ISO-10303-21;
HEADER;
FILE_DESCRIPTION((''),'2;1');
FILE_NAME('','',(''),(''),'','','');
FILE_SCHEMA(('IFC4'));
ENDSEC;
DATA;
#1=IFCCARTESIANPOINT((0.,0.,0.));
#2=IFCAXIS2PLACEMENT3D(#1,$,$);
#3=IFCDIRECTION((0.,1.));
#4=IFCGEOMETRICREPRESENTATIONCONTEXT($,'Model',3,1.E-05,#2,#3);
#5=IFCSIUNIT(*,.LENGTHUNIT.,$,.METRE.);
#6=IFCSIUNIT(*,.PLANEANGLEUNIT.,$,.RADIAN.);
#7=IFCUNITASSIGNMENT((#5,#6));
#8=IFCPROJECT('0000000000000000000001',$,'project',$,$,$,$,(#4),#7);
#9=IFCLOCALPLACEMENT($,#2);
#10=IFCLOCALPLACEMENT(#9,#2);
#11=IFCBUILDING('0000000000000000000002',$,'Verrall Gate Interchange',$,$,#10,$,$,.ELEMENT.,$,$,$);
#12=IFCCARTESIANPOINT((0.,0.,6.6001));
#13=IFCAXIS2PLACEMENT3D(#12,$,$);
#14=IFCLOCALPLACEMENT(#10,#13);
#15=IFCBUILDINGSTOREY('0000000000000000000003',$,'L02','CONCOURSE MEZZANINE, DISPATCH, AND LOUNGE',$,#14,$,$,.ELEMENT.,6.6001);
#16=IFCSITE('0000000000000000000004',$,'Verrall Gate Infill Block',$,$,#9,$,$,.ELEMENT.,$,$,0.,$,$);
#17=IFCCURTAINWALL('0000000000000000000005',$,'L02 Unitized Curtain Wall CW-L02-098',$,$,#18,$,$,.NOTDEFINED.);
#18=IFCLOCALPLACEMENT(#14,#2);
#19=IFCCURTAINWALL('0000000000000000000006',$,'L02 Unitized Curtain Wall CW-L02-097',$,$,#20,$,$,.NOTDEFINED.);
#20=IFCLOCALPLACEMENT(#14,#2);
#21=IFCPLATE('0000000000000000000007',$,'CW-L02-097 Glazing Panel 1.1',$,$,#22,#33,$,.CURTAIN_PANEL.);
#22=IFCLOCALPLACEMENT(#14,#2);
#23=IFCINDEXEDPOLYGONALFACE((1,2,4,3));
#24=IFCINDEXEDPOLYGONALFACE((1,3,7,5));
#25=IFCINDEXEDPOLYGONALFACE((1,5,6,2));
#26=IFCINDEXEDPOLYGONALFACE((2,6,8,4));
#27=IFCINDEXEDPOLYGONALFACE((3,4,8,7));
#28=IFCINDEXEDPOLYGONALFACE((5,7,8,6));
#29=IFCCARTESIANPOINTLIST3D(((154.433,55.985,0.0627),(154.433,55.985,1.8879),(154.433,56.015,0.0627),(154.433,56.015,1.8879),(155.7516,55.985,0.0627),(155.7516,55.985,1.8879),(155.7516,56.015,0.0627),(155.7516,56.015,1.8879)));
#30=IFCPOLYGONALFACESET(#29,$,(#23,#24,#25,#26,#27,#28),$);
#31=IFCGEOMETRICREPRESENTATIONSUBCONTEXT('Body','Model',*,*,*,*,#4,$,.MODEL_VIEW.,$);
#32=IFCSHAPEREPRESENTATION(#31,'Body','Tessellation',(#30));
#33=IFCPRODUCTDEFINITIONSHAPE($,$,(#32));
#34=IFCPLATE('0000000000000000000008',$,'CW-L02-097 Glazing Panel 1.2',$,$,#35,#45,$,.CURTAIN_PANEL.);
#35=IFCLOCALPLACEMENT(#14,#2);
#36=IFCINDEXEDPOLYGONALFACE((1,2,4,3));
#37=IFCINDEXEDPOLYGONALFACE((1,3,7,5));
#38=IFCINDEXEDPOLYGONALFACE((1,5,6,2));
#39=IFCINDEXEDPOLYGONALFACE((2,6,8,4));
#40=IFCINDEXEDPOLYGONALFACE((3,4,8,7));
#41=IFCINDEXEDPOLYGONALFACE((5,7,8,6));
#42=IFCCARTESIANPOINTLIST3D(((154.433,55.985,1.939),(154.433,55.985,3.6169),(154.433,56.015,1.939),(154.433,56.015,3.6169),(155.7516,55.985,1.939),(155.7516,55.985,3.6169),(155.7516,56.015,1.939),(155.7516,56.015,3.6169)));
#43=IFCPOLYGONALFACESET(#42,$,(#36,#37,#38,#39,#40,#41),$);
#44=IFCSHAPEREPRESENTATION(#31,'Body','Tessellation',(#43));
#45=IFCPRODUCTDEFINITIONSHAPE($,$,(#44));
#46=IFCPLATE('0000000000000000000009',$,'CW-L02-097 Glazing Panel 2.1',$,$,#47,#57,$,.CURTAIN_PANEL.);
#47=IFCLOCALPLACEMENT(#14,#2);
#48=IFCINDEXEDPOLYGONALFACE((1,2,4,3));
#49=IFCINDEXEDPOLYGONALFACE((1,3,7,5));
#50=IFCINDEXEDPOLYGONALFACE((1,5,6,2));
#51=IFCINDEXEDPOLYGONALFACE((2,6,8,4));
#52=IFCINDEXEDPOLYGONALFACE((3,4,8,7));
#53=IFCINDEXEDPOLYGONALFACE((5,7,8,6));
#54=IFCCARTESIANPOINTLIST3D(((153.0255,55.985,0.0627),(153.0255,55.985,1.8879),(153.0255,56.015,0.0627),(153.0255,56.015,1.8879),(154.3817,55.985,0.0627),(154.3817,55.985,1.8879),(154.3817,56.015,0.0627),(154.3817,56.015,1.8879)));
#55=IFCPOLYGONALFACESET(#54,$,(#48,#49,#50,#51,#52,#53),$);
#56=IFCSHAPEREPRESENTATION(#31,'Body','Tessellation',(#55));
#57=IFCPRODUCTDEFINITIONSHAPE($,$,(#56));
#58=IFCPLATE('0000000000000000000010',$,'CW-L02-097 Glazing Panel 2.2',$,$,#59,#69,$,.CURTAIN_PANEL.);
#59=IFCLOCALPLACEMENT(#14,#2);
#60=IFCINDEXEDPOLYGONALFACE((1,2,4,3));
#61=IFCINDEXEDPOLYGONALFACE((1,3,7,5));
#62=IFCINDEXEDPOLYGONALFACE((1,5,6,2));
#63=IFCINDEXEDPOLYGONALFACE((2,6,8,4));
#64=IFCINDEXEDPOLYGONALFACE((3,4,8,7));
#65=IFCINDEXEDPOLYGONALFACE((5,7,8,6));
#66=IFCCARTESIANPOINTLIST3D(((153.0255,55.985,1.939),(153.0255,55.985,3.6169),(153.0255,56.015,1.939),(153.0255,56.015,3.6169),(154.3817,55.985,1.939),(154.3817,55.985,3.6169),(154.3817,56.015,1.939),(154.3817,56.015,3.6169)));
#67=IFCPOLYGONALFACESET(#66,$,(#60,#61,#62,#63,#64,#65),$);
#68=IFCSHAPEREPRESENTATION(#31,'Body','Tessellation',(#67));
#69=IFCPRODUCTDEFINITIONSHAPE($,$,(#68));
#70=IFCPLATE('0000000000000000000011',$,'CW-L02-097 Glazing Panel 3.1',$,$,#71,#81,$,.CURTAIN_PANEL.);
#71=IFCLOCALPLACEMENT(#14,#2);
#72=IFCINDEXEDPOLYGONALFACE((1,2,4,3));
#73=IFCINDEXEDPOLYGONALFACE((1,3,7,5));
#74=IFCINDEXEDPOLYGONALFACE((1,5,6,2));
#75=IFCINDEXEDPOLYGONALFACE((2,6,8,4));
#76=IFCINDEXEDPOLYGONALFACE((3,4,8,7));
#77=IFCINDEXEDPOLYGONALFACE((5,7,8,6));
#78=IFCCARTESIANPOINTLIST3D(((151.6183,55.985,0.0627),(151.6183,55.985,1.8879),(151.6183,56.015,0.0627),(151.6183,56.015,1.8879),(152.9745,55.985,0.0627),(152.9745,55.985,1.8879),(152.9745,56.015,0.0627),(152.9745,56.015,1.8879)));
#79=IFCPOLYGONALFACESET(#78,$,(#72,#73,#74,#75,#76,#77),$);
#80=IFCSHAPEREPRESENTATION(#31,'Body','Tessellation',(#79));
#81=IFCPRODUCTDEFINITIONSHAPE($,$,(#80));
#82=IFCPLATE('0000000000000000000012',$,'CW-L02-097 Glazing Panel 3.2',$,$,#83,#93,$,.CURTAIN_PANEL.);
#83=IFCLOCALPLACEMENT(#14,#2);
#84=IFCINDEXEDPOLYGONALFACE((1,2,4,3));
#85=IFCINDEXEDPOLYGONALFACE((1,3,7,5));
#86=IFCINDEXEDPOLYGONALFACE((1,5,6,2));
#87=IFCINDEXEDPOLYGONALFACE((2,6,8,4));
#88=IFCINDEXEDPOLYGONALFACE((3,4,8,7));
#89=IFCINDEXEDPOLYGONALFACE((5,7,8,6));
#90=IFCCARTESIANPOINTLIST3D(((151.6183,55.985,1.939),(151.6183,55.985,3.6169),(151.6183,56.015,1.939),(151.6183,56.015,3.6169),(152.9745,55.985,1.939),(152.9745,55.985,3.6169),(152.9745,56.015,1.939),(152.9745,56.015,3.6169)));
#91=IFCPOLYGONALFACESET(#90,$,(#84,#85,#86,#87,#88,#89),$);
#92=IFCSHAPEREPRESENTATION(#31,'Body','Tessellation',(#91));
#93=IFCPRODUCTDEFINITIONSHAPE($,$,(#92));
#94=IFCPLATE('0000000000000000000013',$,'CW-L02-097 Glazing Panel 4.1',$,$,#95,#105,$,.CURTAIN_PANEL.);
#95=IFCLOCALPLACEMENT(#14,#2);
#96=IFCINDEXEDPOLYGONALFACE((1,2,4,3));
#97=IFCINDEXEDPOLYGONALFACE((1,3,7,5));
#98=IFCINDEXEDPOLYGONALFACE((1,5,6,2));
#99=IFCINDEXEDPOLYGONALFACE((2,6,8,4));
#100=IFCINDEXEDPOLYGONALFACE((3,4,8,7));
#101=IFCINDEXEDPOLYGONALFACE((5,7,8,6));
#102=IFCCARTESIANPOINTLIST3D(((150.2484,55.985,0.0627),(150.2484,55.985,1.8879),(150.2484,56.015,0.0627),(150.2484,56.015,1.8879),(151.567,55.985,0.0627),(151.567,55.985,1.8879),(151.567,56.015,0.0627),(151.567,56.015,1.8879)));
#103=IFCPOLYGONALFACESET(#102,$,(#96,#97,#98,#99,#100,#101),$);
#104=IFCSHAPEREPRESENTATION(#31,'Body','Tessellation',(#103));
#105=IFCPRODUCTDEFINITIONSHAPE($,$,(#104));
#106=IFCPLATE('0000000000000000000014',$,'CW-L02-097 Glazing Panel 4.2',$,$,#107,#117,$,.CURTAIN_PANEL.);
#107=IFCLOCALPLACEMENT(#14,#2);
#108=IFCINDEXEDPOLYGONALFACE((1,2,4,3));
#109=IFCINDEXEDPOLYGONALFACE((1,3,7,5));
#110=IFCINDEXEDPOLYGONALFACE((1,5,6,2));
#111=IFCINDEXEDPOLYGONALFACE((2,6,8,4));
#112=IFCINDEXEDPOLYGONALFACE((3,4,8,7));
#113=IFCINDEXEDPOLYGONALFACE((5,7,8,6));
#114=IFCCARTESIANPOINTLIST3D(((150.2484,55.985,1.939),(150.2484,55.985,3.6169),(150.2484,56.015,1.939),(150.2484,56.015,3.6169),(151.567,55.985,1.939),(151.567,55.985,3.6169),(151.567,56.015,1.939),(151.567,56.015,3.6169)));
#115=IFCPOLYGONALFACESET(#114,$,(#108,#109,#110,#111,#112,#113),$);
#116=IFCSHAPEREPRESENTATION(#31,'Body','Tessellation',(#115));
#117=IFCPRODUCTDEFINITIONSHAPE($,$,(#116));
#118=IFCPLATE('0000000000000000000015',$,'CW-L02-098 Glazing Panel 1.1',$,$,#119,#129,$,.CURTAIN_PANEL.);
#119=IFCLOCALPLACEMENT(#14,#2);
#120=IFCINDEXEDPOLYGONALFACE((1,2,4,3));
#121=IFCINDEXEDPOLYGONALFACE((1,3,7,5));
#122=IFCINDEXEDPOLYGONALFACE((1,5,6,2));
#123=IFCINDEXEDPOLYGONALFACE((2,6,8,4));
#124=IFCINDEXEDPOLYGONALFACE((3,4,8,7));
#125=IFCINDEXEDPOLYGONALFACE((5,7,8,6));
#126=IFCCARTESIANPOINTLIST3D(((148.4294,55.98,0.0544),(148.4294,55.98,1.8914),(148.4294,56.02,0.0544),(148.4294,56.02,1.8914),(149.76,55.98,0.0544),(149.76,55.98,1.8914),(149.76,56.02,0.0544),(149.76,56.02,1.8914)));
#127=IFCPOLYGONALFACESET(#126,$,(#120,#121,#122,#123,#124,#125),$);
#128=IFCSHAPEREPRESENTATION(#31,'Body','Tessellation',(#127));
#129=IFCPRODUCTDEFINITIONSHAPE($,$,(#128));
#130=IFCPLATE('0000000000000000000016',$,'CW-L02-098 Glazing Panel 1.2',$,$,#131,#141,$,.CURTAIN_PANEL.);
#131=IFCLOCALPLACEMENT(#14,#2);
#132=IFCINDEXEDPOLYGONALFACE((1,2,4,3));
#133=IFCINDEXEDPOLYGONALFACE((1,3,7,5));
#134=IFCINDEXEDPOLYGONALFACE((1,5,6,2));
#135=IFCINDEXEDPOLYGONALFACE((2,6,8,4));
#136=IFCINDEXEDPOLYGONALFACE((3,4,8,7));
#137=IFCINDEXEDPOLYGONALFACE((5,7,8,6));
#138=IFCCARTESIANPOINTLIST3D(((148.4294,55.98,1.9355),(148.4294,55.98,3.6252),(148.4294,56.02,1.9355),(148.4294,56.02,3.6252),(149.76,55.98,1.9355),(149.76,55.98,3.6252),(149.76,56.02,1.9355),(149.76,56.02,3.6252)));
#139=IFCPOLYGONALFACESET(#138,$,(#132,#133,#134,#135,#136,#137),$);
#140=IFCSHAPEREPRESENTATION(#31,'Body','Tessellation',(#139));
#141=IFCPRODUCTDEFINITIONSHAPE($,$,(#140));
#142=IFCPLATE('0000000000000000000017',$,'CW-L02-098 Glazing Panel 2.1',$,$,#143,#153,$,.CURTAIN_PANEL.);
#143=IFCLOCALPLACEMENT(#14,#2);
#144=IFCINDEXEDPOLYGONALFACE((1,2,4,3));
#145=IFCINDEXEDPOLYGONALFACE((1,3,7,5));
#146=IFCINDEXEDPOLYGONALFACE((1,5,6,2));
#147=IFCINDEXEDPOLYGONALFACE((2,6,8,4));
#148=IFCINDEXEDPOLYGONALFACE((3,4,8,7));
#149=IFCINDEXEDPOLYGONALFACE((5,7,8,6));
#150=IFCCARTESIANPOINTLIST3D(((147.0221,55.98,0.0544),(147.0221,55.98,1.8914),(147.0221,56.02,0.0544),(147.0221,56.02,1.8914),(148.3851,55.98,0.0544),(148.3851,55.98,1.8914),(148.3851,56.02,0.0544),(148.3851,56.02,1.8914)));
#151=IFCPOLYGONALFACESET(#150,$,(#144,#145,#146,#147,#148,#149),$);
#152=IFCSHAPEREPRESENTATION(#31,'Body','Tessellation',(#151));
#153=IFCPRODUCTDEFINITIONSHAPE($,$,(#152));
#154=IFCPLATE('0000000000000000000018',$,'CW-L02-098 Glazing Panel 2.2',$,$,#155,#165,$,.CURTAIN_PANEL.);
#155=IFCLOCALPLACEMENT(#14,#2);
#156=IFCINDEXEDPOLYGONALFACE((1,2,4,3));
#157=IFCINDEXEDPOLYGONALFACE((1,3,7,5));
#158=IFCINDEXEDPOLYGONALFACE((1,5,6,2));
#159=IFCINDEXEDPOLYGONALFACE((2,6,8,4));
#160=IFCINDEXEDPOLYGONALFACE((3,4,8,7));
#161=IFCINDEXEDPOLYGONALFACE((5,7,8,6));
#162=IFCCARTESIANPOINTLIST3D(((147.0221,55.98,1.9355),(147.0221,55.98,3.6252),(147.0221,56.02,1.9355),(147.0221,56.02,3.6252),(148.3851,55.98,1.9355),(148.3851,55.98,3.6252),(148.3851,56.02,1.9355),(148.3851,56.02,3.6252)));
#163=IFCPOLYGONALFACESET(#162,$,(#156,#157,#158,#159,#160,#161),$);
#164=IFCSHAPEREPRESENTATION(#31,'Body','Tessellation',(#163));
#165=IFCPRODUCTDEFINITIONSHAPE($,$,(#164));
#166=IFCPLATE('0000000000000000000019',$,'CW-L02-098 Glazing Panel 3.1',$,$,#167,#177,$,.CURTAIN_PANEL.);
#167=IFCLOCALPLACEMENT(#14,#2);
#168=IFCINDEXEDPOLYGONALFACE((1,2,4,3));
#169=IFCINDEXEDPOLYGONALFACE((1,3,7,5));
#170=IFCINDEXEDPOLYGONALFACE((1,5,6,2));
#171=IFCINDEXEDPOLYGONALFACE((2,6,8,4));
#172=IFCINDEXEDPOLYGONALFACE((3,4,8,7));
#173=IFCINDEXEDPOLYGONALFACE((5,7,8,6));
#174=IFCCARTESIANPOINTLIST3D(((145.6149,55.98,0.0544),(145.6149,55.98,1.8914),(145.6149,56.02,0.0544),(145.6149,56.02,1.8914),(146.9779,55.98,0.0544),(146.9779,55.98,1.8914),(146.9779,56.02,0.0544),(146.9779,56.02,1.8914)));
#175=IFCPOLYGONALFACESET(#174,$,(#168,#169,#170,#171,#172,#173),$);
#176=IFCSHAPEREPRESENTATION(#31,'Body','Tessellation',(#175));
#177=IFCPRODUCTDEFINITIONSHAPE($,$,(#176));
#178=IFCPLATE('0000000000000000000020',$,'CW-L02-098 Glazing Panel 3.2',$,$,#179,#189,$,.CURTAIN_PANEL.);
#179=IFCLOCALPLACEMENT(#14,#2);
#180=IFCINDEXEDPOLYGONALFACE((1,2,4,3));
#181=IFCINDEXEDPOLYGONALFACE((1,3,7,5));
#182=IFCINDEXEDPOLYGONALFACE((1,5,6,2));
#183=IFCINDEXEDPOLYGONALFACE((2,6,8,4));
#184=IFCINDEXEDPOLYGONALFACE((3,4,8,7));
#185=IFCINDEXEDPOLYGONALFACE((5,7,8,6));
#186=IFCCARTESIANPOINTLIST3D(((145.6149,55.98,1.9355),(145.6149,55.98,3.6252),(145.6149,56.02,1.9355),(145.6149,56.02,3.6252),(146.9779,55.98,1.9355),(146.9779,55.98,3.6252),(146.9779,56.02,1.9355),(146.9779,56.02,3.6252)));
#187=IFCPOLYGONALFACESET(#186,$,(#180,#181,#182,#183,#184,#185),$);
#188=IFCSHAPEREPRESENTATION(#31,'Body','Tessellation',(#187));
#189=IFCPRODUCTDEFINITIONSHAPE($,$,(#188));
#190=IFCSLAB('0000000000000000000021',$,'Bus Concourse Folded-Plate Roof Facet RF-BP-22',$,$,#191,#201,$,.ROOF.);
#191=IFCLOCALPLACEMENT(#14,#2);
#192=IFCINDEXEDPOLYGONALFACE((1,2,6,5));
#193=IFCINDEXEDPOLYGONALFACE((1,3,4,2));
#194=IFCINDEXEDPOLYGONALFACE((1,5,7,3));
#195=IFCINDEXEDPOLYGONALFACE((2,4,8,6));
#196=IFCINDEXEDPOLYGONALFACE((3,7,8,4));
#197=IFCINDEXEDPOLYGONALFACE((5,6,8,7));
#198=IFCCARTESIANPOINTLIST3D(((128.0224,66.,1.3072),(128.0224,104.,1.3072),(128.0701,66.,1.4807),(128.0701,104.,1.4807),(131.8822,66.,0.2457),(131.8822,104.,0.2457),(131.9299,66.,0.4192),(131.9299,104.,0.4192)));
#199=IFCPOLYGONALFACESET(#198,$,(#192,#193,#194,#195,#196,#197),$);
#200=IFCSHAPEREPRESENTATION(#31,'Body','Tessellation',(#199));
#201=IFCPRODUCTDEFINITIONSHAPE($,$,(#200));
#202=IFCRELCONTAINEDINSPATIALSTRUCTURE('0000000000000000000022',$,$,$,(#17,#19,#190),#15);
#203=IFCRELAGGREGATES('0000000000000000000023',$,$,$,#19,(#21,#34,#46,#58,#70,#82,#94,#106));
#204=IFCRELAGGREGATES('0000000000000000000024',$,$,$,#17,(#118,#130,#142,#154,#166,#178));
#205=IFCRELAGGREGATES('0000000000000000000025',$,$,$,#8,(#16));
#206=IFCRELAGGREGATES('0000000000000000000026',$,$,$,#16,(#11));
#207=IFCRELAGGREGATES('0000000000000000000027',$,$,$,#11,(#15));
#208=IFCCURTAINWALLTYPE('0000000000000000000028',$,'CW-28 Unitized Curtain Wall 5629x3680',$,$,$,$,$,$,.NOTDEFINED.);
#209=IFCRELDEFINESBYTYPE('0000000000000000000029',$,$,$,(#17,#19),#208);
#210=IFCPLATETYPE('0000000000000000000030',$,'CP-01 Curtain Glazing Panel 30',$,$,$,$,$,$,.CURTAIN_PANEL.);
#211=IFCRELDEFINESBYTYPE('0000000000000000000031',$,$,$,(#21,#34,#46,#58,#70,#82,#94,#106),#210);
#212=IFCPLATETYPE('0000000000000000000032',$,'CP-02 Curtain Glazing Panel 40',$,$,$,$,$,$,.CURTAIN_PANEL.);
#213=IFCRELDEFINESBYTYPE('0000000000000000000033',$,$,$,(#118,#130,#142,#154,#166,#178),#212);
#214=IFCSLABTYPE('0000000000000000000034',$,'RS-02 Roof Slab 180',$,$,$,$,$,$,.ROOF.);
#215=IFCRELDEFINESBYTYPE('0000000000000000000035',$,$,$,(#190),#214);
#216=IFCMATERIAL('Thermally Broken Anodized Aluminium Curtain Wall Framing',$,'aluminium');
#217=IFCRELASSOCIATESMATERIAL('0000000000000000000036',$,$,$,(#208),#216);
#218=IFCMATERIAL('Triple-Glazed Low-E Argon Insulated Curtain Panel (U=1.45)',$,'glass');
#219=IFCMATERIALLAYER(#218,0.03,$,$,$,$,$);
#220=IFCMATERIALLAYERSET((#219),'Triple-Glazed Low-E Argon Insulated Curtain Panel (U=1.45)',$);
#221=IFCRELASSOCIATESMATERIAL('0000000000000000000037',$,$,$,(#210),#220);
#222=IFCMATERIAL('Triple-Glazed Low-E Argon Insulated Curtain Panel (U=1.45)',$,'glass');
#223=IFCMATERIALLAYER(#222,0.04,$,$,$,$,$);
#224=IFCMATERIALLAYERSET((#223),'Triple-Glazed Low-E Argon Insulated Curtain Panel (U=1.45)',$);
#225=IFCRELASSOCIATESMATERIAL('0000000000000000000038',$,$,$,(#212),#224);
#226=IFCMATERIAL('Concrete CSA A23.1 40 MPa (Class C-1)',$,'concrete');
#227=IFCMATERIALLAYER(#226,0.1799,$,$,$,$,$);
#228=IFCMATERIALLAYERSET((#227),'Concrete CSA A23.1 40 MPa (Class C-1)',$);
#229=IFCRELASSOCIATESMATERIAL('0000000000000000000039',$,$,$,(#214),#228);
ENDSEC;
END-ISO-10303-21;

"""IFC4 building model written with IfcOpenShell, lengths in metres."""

from ifc_helpers import new_model, si_unit, direction, frame, origin, origin_2d, place, context, subcontext, project, spatial, polyline, rectangle, outline, extrude, material, layer, layer_set, type_object, element, aggregate, save


model = new_model("IFC4")

# Units and contexts
model_context = context("Model", 3, precision=1e-05, world=origin(), true_north=direction((0.0, 1.0)))
body_context = subcontext(model_context, "Body", "Model", "MODEL_VIEW")
ifc_project = project(units=[si_unit("LENGTHUNIT", "METRE"), si_unit("PLANEANGLEUNIT", "RADIAN")], contexts=[model_context])

# Site, building, storey
site_placement = place(None, origin())
site = spatial("IfcSite", under=ifc_project, at=site_placement, Name="Verrall Gate Infill Block", CompositionType="ELEMENT", RefElevation=0.0)
building_placement = place(site_placement, origin())
building = spatial("IfcBuilding", under=site, at=building_placement, Name="Verrall Gate Interchange", CompositionType="ELEMENT")
storey_placement = place(building_placement, frame((0.0, 0.0, 6.6001)))
storey = spatial("IfcBuildingStorey", under=building, at=storey_placement, Name="L02", Description="CONCOURSE MEZZANINE, DISPATCH, AND LOUNGE", CompositionType="ELEMENT", Elevation=6.6001)

# Curtain walls
ifc_material_1 = material(Name="Thermally Broken Anodized Aluminium Curtain Wall Framing", Category="aluminium")
curtain_wall_type = type_object("IfcCurtainWallType", Name="CW-28 Unitized Curtain Wall 5629x3680", PredefinedType="NOTDEFINED", material=ifc_material_1)
curtain_wall_1_placement = place(storey_placement, origin())
curtain_wall_1 = element("IfcCurtainWall", 1, at=curtain_wall_1_placement, inside=storey, type_object=curtain_wall_type, Name="L02 Unitized Curtain Wall CW-L02-098", PredefinedType="NOTDEFINED")
curtain_wall_2_placement = place(storey_placement, origin())
curtain_wall_2 = element("IfcCurtainWall", 2, at=curtain_wall_2_placement, inside=storey, type_object=curtain_wall_type, Name="L02 Unitized Curtain Wall CW-L02-097", PredefinedType="NOTDEFINED")

# Plates
ifc_material_2 = material(Name="Triple-Glazed Low-E Argon Insulated Curtain Panel (U=1.45)", Category="glass")
ifc_layer_1 = layer(ifc_material_2, 0.03)
ifc_layer_set_1 = layer_set([ifc_layer_1], Name="Triple-Glazed Low-E Argon Insulated Curtain Panel (U=1.45)")
plate_type_1 = type_object("IfcPlateType", Name="CP-01 Curtain Glazing Panel 30", PredefinedType="CURTAIN_PANEL", material=ifc_layer_set_1)
plate_1_placement = place(storey_placement, frame((155.0923, 56.0, 0.0627), z_axis=(0.0, 0.0, 1.0), x_axis=(-1.0, 0.0, 0.0)))
plate_1 = element("IfcPlate", 3, at=plate_1_placement, type_object=plate_type_1, Name="CW-L02-097 Glazing Panel 1.1", PredefinedType="CURTAIN_PANEL", context=body_context, shape_type="SweptSolid", body=[
    extrude(rectangle(XDim=1.3186, YDim=0.03, at=origin_2d()), origin(), (0.0, 0.0, 1.0), 1.8252),
])
plate_2_placement = place(storey_placement, frame((155.0923, 56.0, 1.939), z_axis=(0.0, 0.0, 1.0), x_axis=(-1.0, 0.0, 0.0)))
plate_2 = element("IfcPlate", 4, at=plate_2_placement, type_object=plate_type_1, Name="CW-L02-097 Glazing Panel 1.2", PredefinedType="CURTAIN_PANEL", context=body_context, shape_type="SweptSolid", body=[
    extrude(rectangle(XDim=1.3186, YDim=0.03, at=origin_2d()), origin(), (0.0, 0.0, 1.0), 1.678),
])
plate_3_placement = place(storey_placement, frame((153.7036, 56.0, 0.0627), z_axis=(0.0, 0.0, 1.0), x_axis=(-1.0, 0.0, 0.0)))
plate_3 = element("IfcPlate", 5, at=plate_3_placement, type_object=plate_type_1, Name="CW-L02-097 Glazing Panel 2.1", PredefinedType="CURTAIN_PANEL", context=body_context, shape_type="SweptSolid", body=[
    extrude(rectangle(XDim=1.3562, YDim=0.03, at=origin_2d()), origin(), (0.0, 0.0, 1.0), 1.8252),
])
plate_4_placement = place(storey_placement, frame((153.7036, 56.0, 1.939), z_axis=(0.0, 0.0, 1.0), x_axis=(-1.0, 0.0, 0.0)))
plate_4 = element("IfcPlate", 6, at=plate_4_placement, type_object=plate_type_1, Name="CW-L02-097 Glazing Panel 2.2", PredefinedType="CURTAIN_PANEL", context=body_context, shape_type="SweptSolid", body=[
    extrude(rectangle(XDim=1.3562, YDim=0.03, at=origin_2d()), origin(), (0.0, 0.0, 1.0), 1.678),
])
plate_5_placement = place(storey_placement, frame((152.2964, 56.0, 0.0627), z_axis=(0.0, 0.0, 1.0), x_axis=(-1.0, 0.0, 0.0)))
plate_5 = element("IfcPlate", 7, at=plate_5_placement, type_object=plate_type_1, Name="CW-L02-097 Glazing Panel 3.1", PredefinedType="CURTAIN_PANEL", context=body_context, shape_type="SweptSolid", body=[
    extrude(rectangle(XDim=1.3562, YDim=0.03, at=origin_2d()), origin(), (0.0, 0.0, 1.0), 1.8252),
])
plate_6_placement = place(storey_placement, frame((152.2964, 56.0, 1.939), z_axis=(0.0, 0.0, 1.0), x_axis=(-1.0, 0.0, 0.0)))
plate_6 = element("IfcPlate", 8, at=plate_6_placement, type_object=plate_type_1, Name="CW-L02-097 Glazing Panel 3.2", PredefinedType="CURTAIN_PANEL", context=body_context, shape_type="SweptSolid", body=[
    extrude(rectangle(XDim=1.3562, YDim=0.03, at=origin_2d()), origin(), (0.0, 0.0, 1.0), 1.678),
])
plate_7_placement = place(storey_placement, frame((150.9077, 56.0, 0.0627), z_axis=(0.0, 0.0, 1.0), x_axis=(-1.0, 0.0, 0.0)))
plate_7 = element("IfcPlate", 9, at=plate_7_placement, type_object=plate_type_1, Name="CW-L02-097 Glazing Panel 4.1", PredefinedType="CURTAIN_PANEL", context=body_context, shape_type="SweptSolid", body=[
    extrude(rectangle(XDim=1.3186, YDim=0.03, at=origin_2d()), origin(), (0.0, 0.0, 1.0), 1.8252),
])
plate_8_placement = place(storey_placement, frame((150.9077, 56.0, 1.939), z_axis=(0.0, 0.0, 1.0), x_axis=(-1.0, 0.0, 0.0)))
plate_8 = element("IfcPlate", 10, at=plate_8_placement, type_object=plate_type_1, Name="CW-L02-097 Glazing Panel 4.2", PredefinedType="CURTAIN_PANEL", context=body_context, shape_type="SweptSolid", body=[
    extrude(rectangle(XDim=1.3186, YDim=0.03, at=origin_2d()), origin(), (0.0, 0.0, 1.0), 1.678),
])
aggregate(curtain_wall_2, [plate_1, plate_2, plate_3, plate_4, plate_5, plate_6, plate_7, plate_8])
ifc_material_3 = material(Name="Triple-Glazed Low-E Argon Insulated Curtain Panel (U=1.45)", Category="glass")
ifc_layer_2 = layer(ifc_material_3, 0.04)
ifc_layer_set_2 = layer_set([ifc_layer_2], Name="Triple-Glazed Low-E Argon Insulated Curtain Panel (U=1.45)")
plate_type_2 = type_object("IfcPlateType", Name="CP-02 Curtain Glazing Panel 40", PredefinedType="CURTAIN_PANEL", material=ifc_layer_set_2)
plate_9_placement = place(storey_placement, frame((149.0947, 56.0, 0.0544), z_axis=(0.0, 0.0, 1.0), x_axis=(-1.0, 0.0, 0.0)))
plate_9 = element("IfcPlate", 11, at=plate_9_placement, type_object=plate_type_2, Name="CW-L02-098 Glazing Panel 1.1", PredefinedType="CURTAIN_PANEL", context=body_context, shape_type="SweptSolid", body=[
    extrude(rectangle(XDim=1.3306, YDim=0.04, at=origin_2d()), origin(), (0.0, 0.0, 1.0), 1.8369),
])
plate_10_placement = place(storey_placement, frame((149.0947, 56.0, 1.9355), z_axis=(0.0, 0.0, 1.0), x_axis=(-1.0, 0.0, 0.0)))
plate_10 = element("IfcPlate", 12, at=plate_10_placement, type_object=plate_type_2, Name="CW-L02-098 Glazing Panel 1.2", PredefinedType="CURTAIN_PANEL", context=body_context, shape_type="SweptSolid", body=[
    extrude(rectangle(XDim=1.3306, YDim=0.04, at=origin_2d()), origin(), (0.0, 0.0, 1.0), 1.6897),
])
plate_11_placement = place(storey_placement, frame((147.7036, 56.0, 0.0544), z_axis=(0.0, 0.0, 1.0), x_axis=(-1.0, 0.0, 0.0)))
plate_11 = element("IfcPlate", 13, at=plate_11_placement, type_object=plate_type_2, Name="CW-L02-098 Glazing Panel 2.1", PredefinedType="CURTAIN_PANEL", context=body_context, shape_type="SweptSolid", body=[
    extrude(rectangle(XDim=1.363, YDim=0.04, at=origin_2d()), origin(), (0.0, 0.0, 1.0), 1.8369),
])
plate_12_placement = place(storey_placement, frame((147.7036, 56.0, 1.9355), z_axis=(0.0, 0.0, 1.0), x_axis=(-1.0, 0.0, 0.0)))
plate_12 = element("IfcPlate", 14, at=plate_12_placement, type_object=plate_type_2, Name="CW-L02-098 Glazing Panel 2.2", PredefinedType="CURTAIN_PANEL", context=body_context, shape_type="SweptSolid", body=[
    extrude(rectangle(XDim=1.363, YDim=0.04, at=origin_2d()), origin(), (0.0, 0.0, 1.0), 1.6897),
])
plate_13_placement = place(storey_placement, frame((146.2964, 56.0, 0.0544), z_axis=(0.0, 0.0, 1.0), x_axis=(-1.0, 0.0, 0.0)))
plate_13 = element("IfcPlate", 15, at=plate_13_placement, type_object=plate_type_2, Name="CW-L02-098 Glazing Panel 3.1", PredefinedType="CURTAIN_PANEL", context=body_context, shape_type="SweptSolid", body=[
    extrude(rectangle(XDim=1.363, YDim=0.04, at=origin_2d()), origin(), (0.0, 0.0, 1.0), 1.8369),
])
plate_14_placement = place(storey_placement, frame((146.2964, 56.0, 1.9355), z_axis=(0.0, 0.0, 1.0), x_axis=(-1.0, 0.0, 0.0)))
plate_14 = element("IfcPlate", 16, at=plate_14_placement, type_object=plate_type_2, Name="CW-L02-098 Glazing Panel 3.2", PredefinedType="CURTAIN_PANEL", context=body_context, shape_type="SweptSolid", body=[
    extrude(rectangle(XDim=1.363, YDim=0.04, at=origin_2d()), origin(), (0.0, 0.0, 1.0), 1.6897),
])
aggregate(curtain_wall_1, [plate_9, plate_10, plate_11, plate_12, plate_13, plate_14])

# Slab
ifc_material_4 = material(Name="Concrete CSA A23.1 40 MPa (Class C-1)", Category="concrete")
ifc_layer_3 = layer(ifc_material_4, 0.1799)
ifc_layer_set_3 = layer_set([ifc_layer_3], Name="Concrete CSA A23.1 40 MPa (Class C-1)")
slab_type = type_object("IfcSlabType", Name="RS-02 Roof Slab 180", PredefinedType="ROOF", material=ifc_layer_set_3)
slab_placement = place(storey_placement, frame((128.0701, 66.0, 1.4807), z_axis=(0.265171, 0.0, 0.964201), x_axis=(0.964201, 0.0, -0.265171)))
element("IfcSlab", 17, at=slab_placement, inside=storey, type_object=slab_type, Name="Bus Concourse Folded-Plate Roof Facet RF-BP-22", PredefinedType="ROOF", context=body_context, shape_type="SweptSolid", body=[
    extrude(outline(polyline([(0.0, 0.0), (4.0032, 0.0), (4.0032, 38.0), (0.0, 38.0), (0.0, 0.0)])), origin(), (0.0, 0.0, -1.0), 0.1799),
])

save(model, "model.ifc")
